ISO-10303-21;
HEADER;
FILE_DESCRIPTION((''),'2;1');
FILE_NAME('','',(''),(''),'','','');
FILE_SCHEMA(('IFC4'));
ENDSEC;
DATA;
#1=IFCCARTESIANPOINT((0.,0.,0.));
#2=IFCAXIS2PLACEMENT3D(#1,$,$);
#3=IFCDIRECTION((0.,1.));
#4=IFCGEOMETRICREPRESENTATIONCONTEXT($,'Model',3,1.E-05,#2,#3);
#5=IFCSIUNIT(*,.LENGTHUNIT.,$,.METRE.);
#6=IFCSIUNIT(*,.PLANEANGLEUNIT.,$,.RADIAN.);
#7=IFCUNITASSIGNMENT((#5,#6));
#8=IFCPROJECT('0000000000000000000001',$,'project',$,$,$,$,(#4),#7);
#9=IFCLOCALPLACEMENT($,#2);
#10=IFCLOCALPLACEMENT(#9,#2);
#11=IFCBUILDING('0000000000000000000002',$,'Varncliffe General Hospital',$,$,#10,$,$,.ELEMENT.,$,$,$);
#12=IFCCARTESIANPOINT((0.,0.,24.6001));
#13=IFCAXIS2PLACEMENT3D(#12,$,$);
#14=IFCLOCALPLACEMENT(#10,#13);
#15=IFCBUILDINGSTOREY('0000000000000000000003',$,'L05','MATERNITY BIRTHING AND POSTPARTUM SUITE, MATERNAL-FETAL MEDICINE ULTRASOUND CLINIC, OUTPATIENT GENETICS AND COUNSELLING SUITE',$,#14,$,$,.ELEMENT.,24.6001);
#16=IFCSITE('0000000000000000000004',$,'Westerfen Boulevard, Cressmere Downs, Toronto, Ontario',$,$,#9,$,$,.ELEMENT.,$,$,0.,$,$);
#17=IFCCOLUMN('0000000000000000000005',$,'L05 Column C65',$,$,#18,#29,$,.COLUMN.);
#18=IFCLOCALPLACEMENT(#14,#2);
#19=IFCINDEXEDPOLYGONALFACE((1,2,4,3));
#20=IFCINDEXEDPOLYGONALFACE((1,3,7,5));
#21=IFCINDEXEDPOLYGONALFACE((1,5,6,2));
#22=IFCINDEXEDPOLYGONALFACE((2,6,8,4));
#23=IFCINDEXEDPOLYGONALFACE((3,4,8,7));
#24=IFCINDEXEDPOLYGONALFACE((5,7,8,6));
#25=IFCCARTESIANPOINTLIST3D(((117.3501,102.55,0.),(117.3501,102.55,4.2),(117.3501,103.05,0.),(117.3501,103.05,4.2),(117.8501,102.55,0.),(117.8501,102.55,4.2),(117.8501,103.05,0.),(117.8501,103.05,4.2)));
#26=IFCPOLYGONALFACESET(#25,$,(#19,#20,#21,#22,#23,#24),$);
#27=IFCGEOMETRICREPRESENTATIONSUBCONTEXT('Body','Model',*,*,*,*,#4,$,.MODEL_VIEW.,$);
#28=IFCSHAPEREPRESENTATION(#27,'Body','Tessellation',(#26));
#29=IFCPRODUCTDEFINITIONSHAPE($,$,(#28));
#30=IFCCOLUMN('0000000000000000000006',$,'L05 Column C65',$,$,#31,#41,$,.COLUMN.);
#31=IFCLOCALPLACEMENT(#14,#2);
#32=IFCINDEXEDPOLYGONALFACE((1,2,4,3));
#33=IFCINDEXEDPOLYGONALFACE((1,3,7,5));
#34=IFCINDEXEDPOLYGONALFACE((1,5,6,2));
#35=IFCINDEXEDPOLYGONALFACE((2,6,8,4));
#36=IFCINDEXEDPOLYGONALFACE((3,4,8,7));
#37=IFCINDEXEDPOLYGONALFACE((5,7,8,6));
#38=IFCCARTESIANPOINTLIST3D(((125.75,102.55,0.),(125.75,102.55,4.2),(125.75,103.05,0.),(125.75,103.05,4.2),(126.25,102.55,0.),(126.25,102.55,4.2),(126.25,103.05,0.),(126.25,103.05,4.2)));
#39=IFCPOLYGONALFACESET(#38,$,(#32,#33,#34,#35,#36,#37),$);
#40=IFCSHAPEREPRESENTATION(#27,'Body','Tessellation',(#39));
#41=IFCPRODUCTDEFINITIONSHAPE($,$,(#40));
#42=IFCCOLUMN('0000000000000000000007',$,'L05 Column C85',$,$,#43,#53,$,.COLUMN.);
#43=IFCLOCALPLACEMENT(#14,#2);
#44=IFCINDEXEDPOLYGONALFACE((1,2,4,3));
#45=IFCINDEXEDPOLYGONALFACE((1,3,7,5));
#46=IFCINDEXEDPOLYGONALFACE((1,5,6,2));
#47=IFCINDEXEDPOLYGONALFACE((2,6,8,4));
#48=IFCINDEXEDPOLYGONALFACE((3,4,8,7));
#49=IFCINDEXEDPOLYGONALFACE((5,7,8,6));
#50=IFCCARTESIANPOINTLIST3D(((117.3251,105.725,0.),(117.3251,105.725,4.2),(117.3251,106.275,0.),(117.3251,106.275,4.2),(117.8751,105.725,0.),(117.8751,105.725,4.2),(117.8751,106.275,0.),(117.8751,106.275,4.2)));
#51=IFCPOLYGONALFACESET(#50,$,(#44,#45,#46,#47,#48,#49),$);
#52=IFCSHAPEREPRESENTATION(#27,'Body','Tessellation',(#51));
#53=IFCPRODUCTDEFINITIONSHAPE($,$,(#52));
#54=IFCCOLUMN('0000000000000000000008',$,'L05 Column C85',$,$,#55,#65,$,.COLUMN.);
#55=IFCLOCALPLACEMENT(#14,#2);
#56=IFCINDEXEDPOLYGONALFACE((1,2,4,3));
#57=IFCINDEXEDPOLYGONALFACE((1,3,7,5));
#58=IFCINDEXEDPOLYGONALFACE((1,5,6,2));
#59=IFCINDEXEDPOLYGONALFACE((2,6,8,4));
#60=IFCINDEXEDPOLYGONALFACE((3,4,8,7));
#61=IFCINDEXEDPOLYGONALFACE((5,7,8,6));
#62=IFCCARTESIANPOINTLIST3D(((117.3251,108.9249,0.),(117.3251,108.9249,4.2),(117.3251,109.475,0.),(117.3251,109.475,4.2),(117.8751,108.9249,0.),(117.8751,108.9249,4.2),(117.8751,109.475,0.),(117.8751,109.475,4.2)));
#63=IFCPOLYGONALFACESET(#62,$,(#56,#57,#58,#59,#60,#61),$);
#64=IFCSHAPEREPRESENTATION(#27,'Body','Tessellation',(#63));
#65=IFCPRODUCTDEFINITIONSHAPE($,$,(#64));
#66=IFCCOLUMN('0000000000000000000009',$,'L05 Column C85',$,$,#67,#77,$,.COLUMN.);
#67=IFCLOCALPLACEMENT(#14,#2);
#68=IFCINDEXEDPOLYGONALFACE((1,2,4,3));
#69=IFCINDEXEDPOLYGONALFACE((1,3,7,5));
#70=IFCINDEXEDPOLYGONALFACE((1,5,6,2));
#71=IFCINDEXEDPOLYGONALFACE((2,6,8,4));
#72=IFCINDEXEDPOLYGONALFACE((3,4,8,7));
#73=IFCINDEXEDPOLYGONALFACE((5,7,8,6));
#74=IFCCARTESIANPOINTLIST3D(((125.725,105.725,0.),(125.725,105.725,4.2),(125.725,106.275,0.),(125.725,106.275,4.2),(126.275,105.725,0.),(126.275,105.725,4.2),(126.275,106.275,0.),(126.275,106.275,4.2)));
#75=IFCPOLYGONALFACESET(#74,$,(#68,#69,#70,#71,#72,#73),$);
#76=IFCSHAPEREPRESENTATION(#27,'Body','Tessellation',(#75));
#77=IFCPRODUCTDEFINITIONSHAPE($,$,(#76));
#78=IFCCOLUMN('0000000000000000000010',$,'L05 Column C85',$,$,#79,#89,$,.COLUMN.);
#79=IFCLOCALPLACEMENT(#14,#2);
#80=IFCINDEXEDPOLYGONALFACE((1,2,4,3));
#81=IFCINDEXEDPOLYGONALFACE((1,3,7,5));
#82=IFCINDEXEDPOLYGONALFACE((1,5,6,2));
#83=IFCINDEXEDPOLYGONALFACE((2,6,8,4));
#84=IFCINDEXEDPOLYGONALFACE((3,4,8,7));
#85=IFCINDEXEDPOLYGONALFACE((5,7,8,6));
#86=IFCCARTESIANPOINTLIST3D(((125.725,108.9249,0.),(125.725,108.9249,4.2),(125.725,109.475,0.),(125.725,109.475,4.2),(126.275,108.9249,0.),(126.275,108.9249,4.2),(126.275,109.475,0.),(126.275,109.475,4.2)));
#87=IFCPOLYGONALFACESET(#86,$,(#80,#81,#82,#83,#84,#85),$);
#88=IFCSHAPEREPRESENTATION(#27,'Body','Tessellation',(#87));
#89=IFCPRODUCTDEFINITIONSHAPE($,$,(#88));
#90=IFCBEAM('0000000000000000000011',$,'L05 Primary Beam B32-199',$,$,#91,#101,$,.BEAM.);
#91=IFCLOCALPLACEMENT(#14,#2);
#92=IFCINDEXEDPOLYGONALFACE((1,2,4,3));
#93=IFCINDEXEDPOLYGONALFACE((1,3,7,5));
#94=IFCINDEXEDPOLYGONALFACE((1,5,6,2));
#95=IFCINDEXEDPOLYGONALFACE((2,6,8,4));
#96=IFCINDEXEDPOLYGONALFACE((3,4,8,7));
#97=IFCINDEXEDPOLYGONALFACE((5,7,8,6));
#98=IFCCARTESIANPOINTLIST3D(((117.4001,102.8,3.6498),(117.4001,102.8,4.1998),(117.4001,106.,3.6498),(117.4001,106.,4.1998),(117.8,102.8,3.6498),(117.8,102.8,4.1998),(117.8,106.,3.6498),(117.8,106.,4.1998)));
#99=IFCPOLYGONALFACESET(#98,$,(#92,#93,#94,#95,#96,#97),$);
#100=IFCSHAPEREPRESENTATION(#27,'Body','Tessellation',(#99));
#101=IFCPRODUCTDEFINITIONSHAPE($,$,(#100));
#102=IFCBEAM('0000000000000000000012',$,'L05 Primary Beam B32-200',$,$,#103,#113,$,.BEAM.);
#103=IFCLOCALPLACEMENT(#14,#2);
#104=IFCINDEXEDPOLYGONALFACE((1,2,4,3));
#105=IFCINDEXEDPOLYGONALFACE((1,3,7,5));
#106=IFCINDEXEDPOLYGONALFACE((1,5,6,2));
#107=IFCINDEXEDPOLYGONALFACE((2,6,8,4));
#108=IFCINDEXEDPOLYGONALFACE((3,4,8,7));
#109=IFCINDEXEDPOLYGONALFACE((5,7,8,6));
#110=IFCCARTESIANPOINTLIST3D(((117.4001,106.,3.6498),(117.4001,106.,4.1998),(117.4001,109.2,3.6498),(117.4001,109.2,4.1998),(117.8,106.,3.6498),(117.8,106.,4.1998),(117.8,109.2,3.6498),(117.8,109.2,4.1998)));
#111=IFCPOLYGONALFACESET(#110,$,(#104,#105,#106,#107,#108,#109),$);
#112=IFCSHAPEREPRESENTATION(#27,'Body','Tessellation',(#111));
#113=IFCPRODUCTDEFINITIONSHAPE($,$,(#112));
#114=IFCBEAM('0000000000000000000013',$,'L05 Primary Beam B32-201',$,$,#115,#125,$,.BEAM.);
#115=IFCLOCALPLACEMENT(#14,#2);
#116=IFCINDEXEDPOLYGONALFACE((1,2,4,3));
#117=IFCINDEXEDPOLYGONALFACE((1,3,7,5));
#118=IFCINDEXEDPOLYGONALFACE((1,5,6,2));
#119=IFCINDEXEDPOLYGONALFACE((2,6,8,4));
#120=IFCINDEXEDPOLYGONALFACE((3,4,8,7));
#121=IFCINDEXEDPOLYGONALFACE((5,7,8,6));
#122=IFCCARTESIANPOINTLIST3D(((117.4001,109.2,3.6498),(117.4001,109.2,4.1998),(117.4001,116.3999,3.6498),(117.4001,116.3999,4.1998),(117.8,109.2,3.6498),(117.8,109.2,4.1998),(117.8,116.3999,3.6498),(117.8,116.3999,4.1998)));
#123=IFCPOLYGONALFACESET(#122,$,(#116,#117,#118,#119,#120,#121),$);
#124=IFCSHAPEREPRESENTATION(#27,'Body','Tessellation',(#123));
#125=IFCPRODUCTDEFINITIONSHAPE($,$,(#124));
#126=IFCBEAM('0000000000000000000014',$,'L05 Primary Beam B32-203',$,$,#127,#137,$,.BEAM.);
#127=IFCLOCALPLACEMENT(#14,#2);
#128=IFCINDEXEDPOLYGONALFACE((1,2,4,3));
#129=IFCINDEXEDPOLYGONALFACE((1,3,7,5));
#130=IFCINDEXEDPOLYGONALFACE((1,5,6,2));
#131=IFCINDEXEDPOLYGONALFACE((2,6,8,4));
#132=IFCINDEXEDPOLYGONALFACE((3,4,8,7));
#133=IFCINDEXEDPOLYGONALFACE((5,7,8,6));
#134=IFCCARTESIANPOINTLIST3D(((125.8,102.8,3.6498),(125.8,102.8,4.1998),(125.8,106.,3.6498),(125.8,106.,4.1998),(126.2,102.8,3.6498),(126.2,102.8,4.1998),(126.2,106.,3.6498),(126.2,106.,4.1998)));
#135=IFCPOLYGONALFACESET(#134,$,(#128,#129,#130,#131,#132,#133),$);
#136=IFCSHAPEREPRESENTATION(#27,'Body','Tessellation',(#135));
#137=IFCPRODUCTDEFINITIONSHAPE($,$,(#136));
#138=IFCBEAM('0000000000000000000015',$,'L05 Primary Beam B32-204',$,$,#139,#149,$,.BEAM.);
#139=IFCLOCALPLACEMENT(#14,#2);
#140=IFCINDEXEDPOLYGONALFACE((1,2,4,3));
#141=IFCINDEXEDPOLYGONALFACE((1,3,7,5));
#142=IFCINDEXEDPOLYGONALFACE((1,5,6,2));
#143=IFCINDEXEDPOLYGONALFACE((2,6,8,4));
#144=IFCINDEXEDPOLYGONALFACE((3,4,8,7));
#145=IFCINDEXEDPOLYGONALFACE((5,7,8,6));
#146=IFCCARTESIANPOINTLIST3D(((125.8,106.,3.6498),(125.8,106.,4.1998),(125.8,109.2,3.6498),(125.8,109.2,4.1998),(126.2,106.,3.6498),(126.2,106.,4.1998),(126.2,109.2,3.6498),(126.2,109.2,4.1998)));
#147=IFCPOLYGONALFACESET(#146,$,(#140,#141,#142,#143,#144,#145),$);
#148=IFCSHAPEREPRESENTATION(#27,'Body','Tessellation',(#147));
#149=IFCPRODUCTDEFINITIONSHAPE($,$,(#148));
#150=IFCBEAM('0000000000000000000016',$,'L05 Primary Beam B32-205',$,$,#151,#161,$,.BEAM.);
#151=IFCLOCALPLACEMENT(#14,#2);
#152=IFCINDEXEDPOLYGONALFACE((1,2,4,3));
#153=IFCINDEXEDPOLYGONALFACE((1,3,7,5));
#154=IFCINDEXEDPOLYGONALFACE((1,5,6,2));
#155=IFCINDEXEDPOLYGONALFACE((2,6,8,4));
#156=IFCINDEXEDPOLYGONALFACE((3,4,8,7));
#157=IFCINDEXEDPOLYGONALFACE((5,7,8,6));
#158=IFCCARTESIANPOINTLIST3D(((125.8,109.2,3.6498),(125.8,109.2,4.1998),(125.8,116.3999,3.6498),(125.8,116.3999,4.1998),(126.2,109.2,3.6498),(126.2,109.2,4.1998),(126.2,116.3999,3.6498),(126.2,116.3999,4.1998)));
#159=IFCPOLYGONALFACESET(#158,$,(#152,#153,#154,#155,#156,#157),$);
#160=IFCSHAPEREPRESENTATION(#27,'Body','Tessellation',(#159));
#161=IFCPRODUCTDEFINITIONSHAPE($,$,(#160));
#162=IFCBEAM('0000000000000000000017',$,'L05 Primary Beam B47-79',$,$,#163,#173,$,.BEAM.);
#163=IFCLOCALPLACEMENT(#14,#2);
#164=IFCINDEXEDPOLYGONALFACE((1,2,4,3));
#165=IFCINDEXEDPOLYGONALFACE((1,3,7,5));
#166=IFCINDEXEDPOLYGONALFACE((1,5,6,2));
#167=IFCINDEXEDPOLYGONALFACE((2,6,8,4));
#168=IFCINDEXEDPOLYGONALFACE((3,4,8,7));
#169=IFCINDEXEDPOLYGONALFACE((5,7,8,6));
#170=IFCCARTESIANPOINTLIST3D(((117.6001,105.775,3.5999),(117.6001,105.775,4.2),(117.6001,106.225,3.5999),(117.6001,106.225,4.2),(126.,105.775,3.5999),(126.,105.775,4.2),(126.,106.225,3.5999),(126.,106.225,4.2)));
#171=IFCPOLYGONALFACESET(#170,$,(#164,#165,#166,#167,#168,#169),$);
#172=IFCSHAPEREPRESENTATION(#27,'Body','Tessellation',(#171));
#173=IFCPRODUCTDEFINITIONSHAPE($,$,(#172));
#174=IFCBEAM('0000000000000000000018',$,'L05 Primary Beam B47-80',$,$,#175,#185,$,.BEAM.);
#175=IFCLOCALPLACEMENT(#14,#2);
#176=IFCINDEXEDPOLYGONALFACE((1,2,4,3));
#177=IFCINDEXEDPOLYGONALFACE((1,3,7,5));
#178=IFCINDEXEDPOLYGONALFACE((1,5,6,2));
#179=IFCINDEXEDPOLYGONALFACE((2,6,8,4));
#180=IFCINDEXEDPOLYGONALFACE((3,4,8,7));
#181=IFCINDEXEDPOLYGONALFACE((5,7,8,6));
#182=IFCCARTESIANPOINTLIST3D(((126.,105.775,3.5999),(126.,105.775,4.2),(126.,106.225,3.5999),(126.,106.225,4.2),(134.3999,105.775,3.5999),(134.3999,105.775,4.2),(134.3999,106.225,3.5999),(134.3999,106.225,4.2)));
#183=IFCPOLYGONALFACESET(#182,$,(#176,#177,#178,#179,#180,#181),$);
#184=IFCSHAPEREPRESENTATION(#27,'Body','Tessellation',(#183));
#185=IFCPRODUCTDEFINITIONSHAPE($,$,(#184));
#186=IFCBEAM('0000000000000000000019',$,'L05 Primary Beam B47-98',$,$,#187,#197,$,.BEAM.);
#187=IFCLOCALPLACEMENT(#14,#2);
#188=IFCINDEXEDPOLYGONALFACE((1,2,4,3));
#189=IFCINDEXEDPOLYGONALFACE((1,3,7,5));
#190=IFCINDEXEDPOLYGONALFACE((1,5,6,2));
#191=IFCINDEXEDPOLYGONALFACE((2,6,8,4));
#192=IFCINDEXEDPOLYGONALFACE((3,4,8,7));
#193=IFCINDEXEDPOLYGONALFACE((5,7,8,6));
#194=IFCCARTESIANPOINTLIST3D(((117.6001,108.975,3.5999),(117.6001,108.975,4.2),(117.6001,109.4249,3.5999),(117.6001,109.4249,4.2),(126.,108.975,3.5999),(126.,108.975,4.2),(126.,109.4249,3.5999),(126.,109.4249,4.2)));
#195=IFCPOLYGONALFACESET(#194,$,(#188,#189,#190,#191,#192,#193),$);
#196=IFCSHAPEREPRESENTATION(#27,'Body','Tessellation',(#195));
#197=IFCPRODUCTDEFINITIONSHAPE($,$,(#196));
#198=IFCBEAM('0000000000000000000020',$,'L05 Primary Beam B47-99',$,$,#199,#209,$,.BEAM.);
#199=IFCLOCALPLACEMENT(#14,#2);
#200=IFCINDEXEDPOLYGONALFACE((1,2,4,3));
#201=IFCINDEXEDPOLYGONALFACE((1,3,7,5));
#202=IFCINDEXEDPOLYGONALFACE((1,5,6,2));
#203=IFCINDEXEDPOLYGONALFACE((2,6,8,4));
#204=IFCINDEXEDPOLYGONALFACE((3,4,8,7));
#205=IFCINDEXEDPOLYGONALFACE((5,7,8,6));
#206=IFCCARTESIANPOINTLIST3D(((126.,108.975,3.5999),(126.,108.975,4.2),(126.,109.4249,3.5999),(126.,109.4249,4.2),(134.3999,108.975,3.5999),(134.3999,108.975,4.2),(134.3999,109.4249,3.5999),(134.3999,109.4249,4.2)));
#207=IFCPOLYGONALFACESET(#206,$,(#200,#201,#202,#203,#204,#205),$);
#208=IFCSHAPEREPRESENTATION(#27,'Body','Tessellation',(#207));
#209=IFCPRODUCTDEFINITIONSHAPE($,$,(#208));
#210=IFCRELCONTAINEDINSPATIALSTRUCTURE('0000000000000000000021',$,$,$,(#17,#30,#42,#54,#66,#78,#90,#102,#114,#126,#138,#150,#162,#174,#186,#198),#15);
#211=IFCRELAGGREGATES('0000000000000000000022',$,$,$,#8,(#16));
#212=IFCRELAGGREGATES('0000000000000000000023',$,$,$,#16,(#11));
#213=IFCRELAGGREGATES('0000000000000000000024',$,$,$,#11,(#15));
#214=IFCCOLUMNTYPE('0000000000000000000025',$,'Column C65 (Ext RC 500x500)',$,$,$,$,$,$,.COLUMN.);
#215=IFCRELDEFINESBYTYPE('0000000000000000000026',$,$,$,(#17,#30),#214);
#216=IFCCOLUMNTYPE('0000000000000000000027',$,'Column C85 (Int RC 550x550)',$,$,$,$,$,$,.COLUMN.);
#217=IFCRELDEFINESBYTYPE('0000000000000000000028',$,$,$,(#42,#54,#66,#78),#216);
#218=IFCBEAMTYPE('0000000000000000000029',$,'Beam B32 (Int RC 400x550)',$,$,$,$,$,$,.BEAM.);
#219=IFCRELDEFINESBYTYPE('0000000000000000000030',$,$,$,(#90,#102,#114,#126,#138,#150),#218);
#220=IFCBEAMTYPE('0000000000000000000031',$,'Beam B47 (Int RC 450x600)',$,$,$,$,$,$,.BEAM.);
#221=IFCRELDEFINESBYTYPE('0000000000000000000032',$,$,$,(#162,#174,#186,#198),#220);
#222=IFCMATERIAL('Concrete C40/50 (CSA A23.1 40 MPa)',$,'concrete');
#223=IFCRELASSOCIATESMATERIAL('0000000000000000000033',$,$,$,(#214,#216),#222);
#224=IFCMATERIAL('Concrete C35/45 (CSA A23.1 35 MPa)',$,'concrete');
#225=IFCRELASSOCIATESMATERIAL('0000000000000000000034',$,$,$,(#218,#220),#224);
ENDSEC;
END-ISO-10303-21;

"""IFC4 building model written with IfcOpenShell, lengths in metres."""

from ifc_helpers import new_model, si_unit, direction, frame, origin, origin_2d, place, context, subcontext, project, spatial, rectangle, extrude, material, material_profile, profile_set, type_object, element, save


model = new_model("IFC4")

# Units and contexts
model_context = context("Model", 3, precision=1e-05, world=origin(), true_north=direction((0.0, 1.0)))
body_context = subcontext(model_context, "Body", "Model", "MODEL_VIEW")
ifc_project = project(units=[si_unit("LENGTHUNIT", "METRE"), si_unit("PLANEANGLEUNIT", "RADIAN")], contexts=[model_context])

# Site, building, storey
site_placement = place(None, origin())
site = spatial("IfcSite", under=ifc_project, at=site_placement, Name="Westerfen Boulevard, Cressmere Downs, Toronto, Ontario", CompositionType="ELEMENT", RefElevation=0.0)
building_placement = place(site_placement, origin())
building = spatial("IfcBuilding", under=site, at=building_placement, Name="Varncliffe General Hospital", CompositionType="ELEMENT")
storey_placement = place(building_placement, frame((0.0, 0.0, 24.6001)))
storey = spatial("IfcBuildingStorey", under=building, at=storey_placement, Name="L05", Description="MATERNITY BIRTHING AND POSTPARTUM SUITE, MATERNAL-FETAL MEDICINE ULTRASOUND CLINIC, OUTPATIENT GENETICS AND COUNSELLING SUITE", CompositionType="ELEMENT", Elevation=24.6001)

# Columns
ifc_material_1 = material(Name="Concrete C40/50 (CSA A23.1 40 MPa)", Category="concrete")
ifc_material_profile_1 = material_profile(ifc_material_1, rectangle(XDim=0.5, YDim=0.5, at=origin_2d()), Name="RC 500x500")
ifc_profile_set_1 = profile_set([ifc_material_profile_1], Name="Concrete C40/50 (CSA A23.1 40 MPa)")
column_type_1 = type_object("IfcColumnType", Name="Column C65 (Ext RC 500x500)", PredefinedType="COLUMN", material=ifc_profile_set_1)
for number, where, z_axis, x_axis, name in (
    (1, (117.6001, 102.8, 0.0), (0.0, 0.0, 1.0), (1.0, 0.0, 0.0), "L05 Column C65"),
    (2, (126.0, 102.8, 0.0), (0.0, 0.0, 1.0), (1.0, 0.0, 0.0), "L05 Column C65"),
):
    element("IfcColumn", number, at=place(storey_placement, frame(where, z_axis=z_axis, x_axis=x_axis)), inside=storey, type_object=column_type_1, Name=name, PredefinedType="COLUMN", context=body_context, shape_type="SweptSolid", body=[
        extrude(rectangle(XDim=0.5, YDim=0.5, at=origin_2d()), origin(), (0.0, 0.0, 1.0), 4.2),
    ])
ifc_material_profile_2 = material_profile(ifc_material_1, rectangle(XDim=0.55, YDim=0.55, at=origin_2d()), Name="RC 550x550")
ifc_profile_set_2 = profile_set([ifc_material_profile_2], Name="Concrete C40/50 (CSA A23.1 40 MPa)")
column_type_2 = type_object("IfcColumnType", Name="Column C85 (Int RC 550x550)", PredefinedType="COLUMN", material=ifc_profile_set_2)
for number, where, z_axis, x_axis, name in (
    (3, (117.6001, 106.0, 0.0), (0.0, 0.0, 1.0), (1.0, 0.0, 0.0), "L05 Column C85"),
    (4, (117.6001, 109.2, 0.0), (0.0, 0.0, 1.0), (1.0, 0.0, 0.0), "L05 Column C85"),
    (5, (126.0, 106.0, 0.0), (0.0, 0.0, 1.0), (1.0, 0.0, 0.0), "L05 Column C85"),
    (6, (126.0, 109.2, 0.0), (0.0, 0.0, 1.0), (1.0, 0.0, 0.0), "L05 Column C85"),
):
    element("IfcColumn", number, at=place(storey_placement, frame(where, z_axis=z_axis, x_axis=x_axis)), inside=storey, type_object=column_type_2, Name=name, PredefinedType="COLUMN", context=body_context, shape_type="SweptSolid", body=[
        extrude(rectangle(XDim=0.55, YDim=0.55, at=origin_2d()), origin(), (0.0, 0.0, 1.0), 4.2),
    ])

# Beams
ifc_material_2 = material(Name="Concrete C35/45 (CSA A23.1 35 MPa)", Category="concrete")
ifc_material_profile_3 = material_profile(ifc_material_2, rectangle(XDim=0.3999, YDim=0.55, at=origin_2d()), Name="RC 400x550")
ifc_profile_set_3 = profile_set([ifc_material_profile_3], Name="Concrete C35/45 (CSA A23.1 35 MPa)")
beam_type_1 = type_object("IfcBeamType", Name="Beam B32 (Int RC 400x550)", PredefinedType="BEAM", material=ifc_profile_set_3)
for number, where, z_axis, x_axis, name in (
    (7, (117.6001, 102.8, 3.9248), (0.0, 1.0, 0.0), (-1.0, 0.0, 0.0), "L05 Primary Beam B32-199"),
    (8, (117.6001, 106.0, 3.9248), (0.0, 1.0, 0.0), (-1.0, 0.0, 0.0), "L05 Primary Beam B32-200"),
):
    element("IfcBeam", number, at=place(storey_placement, frame(where, z_axis=z_axis, x_axis=x_axis)), inside=storey, type_object=beam_type_1, Name=name, PredefinedType="BEAM", context=body_context, shape_type="SweptSolid", body=[
        extrude(rectangle(XDim=0.3999, YDim=0.55, at=origin_2d()), origin(), (0.0, 0.0, 1.0), 3.2),
    ])
beam_1_placement = place(storey_placement, frame((117.6001, 109.2, 3.9248), z_axis=(0.0, 1.0, 0.0), x_axis=(-1.0, 0.0, 0.0)))
element("IfcBeam", 9, at=beam_1_placement, inside=storey, type_object=beam_type_1, Name="L05 Primary Beam B32-201", PredefinedType="BEAM", context=body_context, shape_type="SweptSolid", body=[
    extrude(rectangle(XDim=0.3999, YDim=0.55, at=origin_2d()), origin(), (0.0, 0.0, 1.0), 7.2),
])
for number, where, z_axis, x_axis, name in (
    (10, (126.0, 102.8, 3.9248), (0.0, 1.0, 0.0), (-1.0, 0.0, 0.0), "L05 Primary Beam B32-203"),
    (11, (126.0, 106.0, 3.9248), (0.0, 1.0, 0.0), (-1.0, 0.0, 0.0), "L05 Primary Beam B32-204"),
):
    element("IfcBeam", number, at=place(storey_placement, frame(where, z_axis=z_axis, x_axis=x_axis)), inside=storey, type_object=beam_type_1, Name=name, PredefinedType="BEAM", context=body_context, shape_type="SweptSolid", body=[
        extrude(rectangle(XDim=0.3999, YDim=0.55, at=origin_2d()), origin(), (0.0, 0.0, 1.0), 3.2),
    ])
beam_2_placement = place(storey_placement, frame((126.0, 109.2, 3.9248), z_axis=(0.0, 1.0, 0.0), x_axis=(-1.0, 0.0, 0.0)))
element("IfcBeam", 12, at=beam_2_placement, inside=storey, type_object=beam_type_1, Name="L05 Primary Beam B32-205", PredefinedType="BEAM", context=body_context, shape_type="SweptSolid", body=[
    extrude(rectangle(XDim=0.3999, YDim=0.55, at=origin_2d()), origin(), (0.0, 0.0, 1.0), 7.2),
])
ifc_material_profile_4 = material_profile(ifc_material_2, rectangle(XDim=0.45, YDim=0.6001, at=origin_2d()), Name="RC 450x600")
ifc_profile_set_4 = profile_set([ifc_material_profile_4], Name="Concrete C35/45 (CSA A23.1 35 MPa)")
beam_type_2 = type_object("IfcBeamType", Name="Beam B47 (Int RC 450x600)", PredefinedType="BEAM", material=ifc_profile_set_4)
for number, where, z_axis, x_axis, name in (
    (13, (117.6001, 106.0, 3.8999), (1.0, 0.0, 0.0), (0.0, 1.0, 0.0), "L05 Primary Beam B47-79"),
    (14, (126.0, 106.0, 3.8999), (1.0, 0.0, 0.0), (0.0, 1.0, 0.0), "L05 Primary Beam B47-80"),
    (15, (117.6001, 109.2, 3.8999), (1.0, 0.0, 0.0), (0.0, 1.0, 0.0), "L05 Primary Beam B47-98"),
    (16, (126.0, 109.2, 3.8999), (1.0, 0.0, 0.0), (0.0, 1.0, 0.0), "L05 Primary Beam B47-99"),
):
    element("IfcBeam", number, at=place(storey_placement, frame(where, z_axis=z_axis, x_axis=x_axis)), inside=storey, type_object=beam_type_2, Name=name, PredefinedType="BEAM", context=body_context, shape_type="SweptSolid", body=[
        extrude(rectangle(XDim=0.45, YDim=0.6001, at=origin_2d()), origin(), (0.0, 0.0, 1.0), 8.3999),
    ])

save(model, "model.ifc")
